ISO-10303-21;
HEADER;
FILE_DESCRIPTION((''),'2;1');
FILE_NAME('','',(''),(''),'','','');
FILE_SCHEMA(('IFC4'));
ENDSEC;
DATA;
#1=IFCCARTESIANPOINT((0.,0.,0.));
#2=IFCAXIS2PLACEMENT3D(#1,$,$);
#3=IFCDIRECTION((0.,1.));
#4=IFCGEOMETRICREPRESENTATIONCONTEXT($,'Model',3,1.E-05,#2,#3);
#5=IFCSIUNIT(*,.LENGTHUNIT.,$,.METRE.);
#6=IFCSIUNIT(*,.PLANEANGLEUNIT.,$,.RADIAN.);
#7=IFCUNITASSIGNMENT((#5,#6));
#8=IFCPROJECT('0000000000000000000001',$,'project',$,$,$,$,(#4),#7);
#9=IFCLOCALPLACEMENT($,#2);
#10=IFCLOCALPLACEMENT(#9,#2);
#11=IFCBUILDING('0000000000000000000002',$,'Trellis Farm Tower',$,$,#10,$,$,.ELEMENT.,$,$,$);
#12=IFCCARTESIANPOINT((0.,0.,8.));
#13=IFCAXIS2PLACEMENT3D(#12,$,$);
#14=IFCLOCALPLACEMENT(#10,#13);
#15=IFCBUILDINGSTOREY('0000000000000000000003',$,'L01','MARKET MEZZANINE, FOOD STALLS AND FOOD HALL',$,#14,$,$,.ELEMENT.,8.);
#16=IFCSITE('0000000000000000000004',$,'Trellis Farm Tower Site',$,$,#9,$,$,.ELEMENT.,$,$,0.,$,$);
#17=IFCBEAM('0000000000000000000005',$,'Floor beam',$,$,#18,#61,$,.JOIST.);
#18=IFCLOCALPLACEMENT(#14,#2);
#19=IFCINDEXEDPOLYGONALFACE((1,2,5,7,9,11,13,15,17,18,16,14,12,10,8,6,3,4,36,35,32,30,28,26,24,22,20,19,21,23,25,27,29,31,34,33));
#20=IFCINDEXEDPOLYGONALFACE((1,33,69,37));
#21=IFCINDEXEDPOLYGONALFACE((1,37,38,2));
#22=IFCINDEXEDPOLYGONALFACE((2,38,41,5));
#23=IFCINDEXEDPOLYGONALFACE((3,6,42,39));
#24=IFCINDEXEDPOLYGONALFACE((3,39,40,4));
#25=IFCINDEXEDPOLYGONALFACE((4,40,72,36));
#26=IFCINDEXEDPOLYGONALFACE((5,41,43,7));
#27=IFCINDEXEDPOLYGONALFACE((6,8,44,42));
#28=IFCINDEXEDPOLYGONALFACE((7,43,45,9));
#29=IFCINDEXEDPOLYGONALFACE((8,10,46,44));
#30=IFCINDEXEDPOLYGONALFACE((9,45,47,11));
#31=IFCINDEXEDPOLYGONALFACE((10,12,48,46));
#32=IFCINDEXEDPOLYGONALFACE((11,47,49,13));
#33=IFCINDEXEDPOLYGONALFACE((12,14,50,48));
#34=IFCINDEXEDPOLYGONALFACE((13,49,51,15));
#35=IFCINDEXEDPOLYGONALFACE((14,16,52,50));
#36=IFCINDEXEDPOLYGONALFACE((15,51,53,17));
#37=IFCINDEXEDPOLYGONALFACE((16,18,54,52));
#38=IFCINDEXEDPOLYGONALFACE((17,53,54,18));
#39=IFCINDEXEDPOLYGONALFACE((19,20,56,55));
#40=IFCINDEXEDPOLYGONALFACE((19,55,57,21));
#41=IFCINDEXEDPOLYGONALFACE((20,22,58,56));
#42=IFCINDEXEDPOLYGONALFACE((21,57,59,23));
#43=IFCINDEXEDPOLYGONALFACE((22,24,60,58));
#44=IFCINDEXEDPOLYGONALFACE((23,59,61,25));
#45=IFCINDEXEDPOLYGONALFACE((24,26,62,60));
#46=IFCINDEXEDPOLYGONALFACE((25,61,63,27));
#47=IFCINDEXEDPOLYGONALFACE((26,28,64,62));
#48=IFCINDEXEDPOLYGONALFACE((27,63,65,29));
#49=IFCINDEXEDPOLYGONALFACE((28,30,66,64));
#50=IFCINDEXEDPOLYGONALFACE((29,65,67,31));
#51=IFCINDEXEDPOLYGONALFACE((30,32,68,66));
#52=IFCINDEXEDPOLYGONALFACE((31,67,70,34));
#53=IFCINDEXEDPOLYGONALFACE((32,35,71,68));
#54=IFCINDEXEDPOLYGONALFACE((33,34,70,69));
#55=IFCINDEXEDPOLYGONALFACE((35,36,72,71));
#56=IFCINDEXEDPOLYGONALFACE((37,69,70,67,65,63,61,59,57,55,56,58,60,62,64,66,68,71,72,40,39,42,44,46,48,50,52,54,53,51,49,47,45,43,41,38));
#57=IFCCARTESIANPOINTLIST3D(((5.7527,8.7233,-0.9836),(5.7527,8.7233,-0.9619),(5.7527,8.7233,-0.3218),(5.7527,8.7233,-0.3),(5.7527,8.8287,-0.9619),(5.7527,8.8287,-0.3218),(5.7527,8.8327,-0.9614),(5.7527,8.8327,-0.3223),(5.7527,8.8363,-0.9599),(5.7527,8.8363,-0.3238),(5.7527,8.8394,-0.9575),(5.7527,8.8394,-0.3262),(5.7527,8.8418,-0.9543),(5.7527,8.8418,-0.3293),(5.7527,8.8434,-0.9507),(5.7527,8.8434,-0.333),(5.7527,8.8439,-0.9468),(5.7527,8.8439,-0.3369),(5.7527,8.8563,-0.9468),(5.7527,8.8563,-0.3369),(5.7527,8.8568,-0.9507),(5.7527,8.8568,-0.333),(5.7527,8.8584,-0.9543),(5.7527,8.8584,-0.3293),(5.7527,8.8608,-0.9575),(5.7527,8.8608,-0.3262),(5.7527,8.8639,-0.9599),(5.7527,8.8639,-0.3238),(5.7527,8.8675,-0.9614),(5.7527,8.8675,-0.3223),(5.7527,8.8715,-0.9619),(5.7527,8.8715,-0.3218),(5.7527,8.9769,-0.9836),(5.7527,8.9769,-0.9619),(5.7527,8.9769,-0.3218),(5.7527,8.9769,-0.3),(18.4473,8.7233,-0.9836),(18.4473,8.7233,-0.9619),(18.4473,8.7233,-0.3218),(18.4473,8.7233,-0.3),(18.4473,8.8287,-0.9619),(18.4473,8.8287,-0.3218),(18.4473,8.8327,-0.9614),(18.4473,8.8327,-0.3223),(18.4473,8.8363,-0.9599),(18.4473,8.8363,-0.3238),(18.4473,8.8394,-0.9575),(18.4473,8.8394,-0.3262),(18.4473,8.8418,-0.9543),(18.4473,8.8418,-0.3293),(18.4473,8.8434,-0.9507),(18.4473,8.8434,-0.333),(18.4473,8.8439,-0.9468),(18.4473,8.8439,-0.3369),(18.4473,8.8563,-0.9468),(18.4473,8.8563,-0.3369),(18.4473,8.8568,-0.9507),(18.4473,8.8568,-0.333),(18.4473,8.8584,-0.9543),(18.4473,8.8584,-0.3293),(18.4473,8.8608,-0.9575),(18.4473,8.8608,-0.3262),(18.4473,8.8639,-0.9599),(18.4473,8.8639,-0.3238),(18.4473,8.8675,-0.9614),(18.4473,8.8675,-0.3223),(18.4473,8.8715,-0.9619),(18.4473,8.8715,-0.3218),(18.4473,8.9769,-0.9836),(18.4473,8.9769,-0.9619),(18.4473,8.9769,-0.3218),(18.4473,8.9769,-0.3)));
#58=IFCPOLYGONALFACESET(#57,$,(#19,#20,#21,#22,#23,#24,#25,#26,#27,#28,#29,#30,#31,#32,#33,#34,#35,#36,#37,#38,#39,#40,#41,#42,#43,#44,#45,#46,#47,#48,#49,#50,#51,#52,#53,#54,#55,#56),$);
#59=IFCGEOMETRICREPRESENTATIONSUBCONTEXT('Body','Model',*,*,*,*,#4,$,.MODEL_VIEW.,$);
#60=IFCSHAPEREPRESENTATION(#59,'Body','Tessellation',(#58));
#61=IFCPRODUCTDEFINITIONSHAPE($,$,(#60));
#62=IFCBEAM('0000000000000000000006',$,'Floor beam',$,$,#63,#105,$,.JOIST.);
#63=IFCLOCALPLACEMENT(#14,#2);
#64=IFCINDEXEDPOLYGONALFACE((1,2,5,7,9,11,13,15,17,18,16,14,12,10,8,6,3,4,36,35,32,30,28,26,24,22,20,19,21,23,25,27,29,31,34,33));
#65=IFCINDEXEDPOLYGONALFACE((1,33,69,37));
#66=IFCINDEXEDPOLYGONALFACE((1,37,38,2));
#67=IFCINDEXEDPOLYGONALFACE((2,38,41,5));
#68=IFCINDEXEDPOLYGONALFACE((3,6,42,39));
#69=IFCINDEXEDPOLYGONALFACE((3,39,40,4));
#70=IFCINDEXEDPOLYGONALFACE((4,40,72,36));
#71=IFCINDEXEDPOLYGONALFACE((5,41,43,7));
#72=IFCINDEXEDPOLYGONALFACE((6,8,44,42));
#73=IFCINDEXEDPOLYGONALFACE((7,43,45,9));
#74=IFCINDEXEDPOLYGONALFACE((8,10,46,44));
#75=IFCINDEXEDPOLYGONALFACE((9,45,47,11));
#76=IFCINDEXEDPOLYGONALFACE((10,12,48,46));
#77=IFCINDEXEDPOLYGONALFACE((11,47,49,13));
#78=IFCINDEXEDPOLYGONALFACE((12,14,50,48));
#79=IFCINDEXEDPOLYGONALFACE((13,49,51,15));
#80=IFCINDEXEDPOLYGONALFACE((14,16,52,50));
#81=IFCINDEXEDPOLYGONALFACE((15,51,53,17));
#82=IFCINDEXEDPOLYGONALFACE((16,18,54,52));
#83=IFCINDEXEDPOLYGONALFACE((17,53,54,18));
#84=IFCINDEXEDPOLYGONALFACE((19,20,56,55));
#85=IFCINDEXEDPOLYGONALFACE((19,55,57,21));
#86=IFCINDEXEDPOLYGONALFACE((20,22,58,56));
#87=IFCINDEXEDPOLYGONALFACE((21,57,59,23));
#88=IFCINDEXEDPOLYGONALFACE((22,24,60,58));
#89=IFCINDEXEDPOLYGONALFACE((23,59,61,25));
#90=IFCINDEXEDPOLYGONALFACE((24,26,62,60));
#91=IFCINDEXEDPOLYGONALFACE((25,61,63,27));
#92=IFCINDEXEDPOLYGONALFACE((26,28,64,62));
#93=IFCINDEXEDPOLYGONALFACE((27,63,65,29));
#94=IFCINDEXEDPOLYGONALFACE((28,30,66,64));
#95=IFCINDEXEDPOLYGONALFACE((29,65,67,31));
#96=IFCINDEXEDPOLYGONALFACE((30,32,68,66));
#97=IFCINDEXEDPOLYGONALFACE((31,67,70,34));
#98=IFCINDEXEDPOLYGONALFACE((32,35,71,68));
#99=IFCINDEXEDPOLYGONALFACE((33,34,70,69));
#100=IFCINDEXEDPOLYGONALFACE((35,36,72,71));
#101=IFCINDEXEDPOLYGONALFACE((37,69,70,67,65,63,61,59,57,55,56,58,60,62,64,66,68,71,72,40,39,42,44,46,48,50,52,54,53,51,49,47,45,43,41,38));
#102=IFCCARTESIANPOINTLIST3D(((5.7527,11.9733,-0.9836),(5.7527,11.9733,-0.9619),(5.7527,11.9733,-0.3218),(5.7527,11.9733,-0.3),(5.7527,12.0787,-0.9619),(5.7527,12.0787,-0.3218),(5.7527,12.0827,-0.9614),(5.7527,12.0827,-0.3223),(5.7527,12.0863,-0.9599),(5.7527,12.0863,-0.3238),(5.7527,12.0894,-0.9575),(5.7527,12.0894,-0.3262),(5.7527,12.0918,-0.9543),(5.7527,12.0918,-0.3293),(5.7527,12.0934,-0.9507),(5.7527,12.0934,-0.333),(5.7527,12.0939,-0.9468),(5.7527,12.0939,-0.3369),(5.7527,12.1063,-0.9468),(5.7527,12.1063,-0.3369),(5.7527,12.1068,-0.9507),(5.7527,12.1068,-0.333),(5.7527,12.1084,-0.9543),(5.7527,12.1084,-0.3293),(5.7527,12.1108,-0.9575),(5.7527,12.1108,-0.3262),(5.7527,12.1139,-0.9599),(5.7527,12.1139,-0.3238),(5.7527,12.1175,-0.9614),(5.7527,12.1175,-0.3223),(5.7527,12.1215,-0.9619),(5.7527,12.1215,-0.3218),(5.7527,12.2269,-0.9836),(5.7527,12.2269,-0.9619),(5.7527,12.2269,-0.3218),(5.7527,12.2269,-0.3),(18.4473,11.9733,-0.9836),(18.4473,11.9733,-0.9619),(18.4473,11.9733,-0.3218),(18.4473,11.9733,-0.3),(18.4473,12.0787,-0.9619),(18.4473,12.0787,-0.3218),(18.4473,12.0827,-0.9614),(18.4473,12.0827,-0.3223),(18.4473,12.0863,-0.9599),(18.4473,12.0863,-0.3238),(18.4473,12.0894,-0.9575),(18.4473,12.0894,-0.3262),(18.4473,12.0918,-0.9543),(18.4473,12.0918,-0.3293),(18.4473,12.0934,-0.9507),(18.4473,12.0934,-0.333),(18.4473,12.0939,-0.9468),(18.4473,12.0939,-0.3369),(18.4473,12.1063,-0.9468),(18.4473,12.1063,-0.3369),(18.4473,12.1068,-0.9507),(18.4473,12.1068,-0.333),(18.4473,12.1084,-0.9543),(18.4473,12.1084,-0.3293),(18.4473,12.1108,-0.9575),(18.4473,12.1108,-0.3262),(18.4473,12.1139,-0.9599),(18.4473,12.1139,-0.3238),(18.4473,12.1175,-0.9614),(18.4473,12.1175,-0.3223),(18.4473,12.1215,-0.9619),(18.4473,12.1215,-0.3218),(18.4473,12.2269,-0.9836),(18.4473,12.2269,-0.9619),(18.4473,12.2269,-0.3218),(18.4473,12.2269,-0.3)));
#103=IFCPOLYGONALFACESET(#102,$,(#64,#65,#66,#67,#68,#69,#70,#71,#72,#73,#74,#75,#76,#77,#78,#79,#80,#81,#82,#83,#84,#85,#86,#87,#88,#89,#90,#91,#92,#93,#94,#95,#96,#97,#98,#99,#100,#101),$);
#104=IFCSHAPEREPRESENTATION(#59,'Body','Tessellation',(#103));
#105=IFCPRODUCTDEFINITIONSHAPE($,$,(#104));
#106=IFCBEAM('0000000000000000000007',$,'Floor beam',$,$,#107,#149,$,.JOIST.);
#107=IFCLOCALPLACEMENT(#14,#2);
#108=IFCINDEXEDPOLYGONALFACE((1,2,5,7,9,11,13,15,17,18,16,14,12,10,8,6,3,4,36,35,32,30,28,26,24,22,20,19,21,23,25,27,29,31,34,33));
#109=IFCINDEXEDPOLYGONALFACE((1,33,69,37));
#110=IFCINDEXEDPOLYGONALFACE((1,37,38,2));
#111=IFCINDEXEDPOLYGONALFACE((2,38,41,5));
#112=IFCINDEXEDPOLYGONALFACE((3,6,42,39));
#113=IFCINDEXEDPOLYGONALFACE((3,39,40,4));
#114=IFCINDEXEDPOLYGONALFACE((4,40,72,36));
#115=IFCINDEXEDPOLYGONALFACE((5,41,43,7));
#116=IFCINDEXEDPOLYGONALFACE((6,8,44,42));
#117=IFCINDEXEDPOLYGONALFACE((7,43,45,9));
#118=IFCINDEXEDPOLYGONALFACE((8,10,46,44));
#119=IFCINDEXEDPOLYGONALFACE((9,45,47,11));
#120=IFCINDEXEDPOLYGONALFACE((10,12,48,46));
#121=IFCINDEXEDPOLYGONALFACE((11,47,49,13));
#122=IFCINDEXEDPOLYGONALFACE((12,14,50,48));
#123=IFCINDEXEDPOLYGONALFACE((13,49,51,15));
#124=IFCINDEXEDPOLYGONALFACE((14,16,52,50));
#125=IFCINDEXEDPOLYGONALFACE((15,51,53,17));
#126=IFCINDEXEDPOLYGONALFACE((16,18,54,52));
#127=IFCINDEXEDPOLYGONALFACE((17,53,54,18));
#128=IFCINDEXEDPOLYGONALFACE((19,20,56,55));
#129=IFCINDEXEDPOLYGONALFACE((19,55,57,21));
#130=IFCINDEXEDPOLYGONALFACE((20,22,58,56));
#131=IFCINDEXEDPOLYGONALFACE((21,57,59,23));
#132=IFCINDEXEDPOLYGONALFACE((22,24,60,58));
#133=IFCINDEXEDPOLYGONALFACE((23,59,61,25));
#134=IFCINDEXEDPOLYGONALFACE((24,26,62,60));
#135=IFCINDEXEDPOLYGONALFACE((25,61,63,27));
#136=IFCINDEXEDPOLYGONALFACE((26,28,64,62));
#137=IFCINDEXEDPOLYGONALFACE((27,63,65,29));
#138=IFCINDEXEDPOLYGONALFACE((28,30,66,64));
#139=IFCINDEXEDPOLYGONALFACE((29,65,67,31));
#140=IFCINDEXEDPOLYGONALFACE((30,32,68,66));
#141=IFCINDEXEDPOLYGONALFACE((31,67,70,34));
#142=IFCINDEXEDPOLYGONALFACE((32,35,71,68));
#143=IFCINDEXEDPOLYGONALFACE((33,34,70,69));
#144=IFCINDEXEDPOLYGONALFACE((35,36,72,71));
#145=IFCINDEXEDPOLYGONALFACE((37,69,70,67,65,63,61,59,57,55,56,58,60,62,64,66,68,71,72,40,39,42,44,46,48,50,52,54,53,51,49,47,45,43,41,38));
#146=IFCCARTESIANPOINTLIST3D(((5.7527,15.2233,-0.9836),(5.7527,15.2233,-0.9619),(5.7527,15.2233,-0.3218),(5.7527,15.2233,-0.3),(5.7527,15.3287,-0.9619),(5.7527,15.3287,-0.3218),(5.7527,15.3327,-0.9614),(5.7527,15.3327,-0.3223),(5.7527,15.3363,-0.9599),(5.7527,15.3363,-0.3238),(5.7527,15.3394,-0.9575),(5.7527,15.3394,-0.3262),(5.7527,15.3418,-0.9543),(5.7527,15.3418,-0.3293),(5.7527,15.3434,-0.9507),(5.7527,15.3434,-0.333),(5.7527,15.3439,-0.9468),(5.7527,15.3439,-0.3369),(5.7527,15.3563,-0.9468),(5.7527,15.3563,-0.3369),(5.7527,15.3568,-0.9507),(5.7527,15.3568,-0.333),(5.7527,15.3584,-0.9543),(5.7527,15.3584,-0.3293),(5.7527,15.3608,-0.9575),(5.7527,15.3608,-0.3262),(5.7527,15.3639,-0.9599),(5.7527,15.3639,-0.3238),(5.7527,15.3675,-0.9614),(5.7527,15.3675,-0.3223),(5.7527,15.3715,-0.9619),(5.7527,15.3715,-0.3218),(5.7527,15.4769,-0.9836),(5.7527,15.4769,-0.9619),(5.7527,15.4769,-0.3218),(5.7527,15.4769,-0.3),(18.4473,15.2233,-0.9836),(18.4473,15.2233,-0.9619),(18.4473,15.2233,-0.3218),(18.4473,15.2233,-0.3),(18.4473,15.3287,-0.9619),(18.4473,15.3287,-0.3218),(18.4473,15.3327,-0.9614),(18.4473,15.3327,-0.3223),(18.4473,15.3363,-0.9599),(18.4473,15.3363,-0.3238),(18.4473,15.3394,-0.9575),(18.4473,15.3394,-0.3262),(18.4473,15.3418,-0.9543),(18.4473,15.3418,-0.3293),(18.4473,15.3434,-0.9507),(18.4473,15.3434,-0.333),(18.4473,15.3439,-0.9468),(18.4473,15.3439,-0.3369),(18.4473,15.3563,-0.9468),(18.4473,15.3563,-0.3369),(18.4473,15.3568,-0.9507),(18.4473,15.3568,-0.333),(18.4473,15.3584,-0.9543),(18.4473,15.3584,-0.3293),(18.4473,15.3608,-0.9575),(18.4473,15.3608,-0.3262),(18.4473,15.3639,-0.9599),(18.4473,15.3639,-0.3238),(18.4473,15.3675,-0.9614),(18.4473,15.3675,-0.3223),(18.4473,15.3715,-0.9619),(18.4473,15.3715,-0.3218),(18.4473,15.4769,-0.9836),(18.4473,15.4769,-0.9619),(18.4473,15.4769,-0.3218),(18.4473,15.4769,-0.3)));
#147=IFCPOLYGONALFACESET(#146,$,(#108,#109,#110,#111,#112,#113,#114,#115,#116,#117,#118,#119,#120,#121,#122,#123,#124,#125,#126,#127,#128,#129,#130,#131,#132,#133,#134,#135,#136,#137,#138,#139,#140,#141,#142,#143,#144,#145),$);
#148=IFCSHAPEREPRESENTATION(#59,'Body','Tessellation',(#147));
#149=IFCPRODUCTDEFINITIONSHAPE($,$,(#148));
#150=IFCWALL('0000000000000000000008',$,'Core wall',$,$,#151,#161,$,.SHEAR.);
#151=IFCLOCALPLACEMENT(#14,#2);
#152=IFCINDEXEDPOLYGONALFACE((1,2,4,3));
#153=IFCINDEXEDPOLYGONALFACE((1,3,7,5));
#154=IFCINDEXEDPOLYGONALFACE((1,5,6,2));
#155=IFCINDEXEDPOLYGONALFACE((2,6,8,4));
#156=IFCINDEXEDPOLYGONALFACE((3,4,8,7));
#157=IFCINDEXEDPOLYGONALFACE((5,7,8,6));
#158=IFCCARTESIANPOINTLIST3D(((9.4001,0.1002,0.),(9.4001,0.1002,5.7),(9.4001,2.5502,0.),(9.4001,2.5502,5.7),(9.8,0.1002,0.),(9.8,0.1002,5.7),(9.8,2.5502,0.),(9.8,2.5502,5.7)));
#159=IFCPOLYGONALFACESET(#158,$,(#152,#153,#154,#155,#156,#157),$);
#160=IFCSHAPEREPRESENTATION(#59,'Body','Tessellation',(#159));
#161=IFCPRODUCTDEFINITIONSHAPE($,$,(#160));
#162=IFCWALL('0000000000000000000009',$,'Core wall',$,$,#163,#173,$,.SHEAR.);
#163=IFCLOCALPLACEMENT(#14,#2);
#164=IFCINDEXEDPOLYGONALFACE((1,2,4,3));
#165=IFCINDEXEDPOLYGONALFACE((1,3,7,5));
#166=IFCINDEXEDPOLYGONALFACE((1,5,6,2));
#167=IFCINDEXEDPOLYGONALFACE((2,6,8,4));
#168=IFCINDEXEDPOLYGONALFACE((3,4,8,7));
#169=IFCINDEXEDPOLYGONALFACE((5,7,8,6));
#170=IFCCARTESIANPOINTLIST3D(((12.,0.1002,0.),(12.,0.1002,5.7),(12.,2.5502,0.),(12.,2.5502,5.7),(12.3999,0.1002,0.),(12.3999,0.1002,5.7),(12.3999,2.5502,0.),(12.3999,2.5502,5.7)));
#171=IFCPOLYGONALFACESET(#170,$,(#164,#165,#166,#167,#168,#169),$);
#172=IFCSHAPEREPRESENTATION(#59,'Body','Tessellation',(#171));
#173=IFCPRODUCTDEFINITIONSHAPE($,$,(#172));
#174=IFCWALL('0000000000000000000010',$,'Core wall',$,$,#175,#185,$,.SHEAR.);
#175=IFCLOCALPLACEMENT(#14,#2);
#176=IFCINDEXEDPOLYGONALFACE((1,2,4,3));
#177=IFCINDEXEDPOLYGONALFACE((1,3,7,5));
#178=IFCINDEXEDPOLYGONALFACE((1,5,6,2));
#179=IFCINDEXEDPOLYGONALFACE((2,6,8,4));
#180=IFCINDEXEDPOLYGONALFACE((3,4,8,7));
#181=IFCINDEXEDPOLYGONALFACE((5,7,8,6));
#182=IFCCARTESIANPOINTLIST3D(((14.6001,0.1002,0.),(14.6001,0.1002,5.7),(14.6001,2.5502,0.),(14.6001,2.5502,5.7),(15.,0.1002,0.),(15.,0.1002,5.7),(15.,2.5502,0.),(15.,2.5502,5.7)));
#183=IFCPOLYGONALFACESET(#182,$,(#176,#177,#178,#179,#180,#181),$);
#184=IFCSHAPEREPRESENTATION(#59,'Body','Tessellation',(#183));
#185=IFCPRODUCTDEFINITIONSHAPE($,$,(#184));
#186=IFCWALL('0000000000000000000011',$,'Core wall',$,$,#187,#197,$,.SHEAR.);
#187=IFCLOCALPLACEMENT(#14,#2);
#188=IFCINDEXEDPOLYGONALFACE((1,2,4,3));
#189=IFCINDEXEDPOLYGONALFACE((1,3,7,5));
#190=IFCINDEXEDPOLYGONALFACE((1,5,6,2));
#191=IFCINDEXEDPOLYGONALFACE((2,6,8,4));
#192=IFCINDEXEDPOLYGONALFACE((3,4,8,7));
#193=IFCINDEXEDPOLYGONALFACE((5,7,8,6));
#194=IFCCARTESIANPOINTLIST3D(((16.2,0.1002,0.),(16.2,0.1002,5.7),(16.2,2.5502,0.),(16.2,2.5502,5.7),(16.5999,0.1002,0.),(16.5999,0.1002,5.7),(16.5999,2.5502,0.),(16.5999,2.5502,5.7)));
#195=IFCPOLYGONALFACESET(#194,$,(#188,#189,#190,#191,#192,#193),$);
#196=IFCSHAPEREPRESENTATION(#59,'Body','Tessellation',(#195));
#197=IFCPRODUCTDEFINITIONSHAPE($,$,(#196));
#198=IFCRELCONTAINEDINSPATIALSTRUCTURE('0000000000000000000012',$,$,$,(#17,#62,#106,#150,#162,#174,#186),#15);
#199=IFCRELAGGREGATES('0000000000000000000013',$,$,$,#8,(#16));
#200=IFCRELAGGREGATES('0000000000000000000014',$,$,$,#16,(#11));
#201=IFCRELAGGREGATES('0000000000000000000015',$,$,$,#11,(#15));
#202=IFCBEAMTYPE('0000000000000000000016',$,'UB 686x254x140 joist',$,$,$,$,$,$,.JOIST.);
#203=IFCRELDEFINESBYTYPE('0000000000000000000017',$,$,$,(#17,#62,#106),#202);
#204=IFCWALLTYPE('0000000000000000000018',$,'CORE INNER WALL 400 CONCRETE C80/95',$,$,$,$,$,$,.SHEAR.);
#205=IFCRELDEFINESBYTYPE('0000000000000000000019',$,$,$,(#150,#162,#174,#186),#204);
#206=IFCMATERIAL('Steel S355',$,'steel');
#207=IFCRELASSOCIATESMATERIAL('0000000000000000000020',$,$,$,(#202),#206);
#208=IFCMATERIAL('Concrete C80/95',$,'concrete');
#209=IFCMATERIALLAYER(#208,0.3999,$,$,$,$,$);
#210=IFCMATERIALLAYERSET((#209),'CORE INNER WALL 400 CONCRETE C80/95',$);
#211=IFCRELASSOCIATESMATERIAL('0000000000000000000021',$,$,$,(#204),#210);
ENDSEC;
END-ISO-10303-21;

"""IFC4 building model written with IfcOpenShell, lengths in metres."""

from ifc_helpers import new_model, si_unit, direction, frame, frame_2d, origin, origin_2d, place, context, subcontext, project, spatial, rectangle, i_section, extrude, source, transform, mapped, material, layer, layer_set, material_profile, profile_set, type_object, element, save


model = new_model("IFC4")

# Units and contexts
model_context = context("Model", 3, precision=1e-05, world=origin(), true_north=direction((0.0, 1.0)))
body_context = subcontext(model_context, "Body", "Model", "MODEL_VIEW")
ifc_project = project(units=[si_unit("LENGTHUNIT", "METRE"), si_unit("PLANEANGLEUNIT", "RADIAN")], contexts=[model_context])

# Site, building, storey
site_placement = place(None, origin())
site = spatial("IfcSite", under=ifc_project, at=site_placement, Name="Trellis Farm Tower Site", CompositionType="ELEMENT", RefElevation=0.0)
building_placement = place(site_placement, origin())
building = spatial("IfcBuilding", under=site, at=building_placement, Name="Trellis Farm Tower", CompositionType="ELEMENT")
storey_placement = place(building_placement, frame((0.0, 0.0, 8.0)))
storey = spatial("IfcBuildingStorey", under=building, at=storey_placement, Name="L01", Description="MARKET MEZZANINE, FOOD STALLS AND FOOD HALL", CompositionType="ELEMENT", Elevation=8.0)

# Shared definitions
ifc_material_1 = material(Name="Concrete C80/95", Category="concrete")

# Beams
ifc_material_2 = material(Name="Steel S355", Category="steel")
ifc_material_profile_1 = material_profile(ifc_material_2, i_section(OverallWidth=0.2537, OverallDepth=0.6836, WebThickness=0.0125, FlangeThickness=0.0217, FilletRadius=0.0151, at=origin_2d()), Name="UB 686x254x140")
ifc_profile_set_1 = profile_set([ifc_material_profile_1], Name="Steel S355")
beam_type_1 = type_object("IfcBeamType", Name="UB 686x254x140 joist", PredefinedType="JOIST", material=ifc_profile_set_1)
shared_shape_1 = source(origin(), body_context, "Body", "SweptSolid", [
    extrude(i_section(OverallWidth=0.2537, OverallDepth=0.6836, WebThickness=0.0125, FlangeThickness=0.0217, FilletRadius=0.0151, at=origin_2d()), origin(), (0.0, 0.0, 1.0), 12.6946),
])
for number, where, z_axis, x_axis, name in (
    (1, (5.7527, 8.8501, -0.6418), (1.0, 0.0, 0.0), (0.0, 1.0, 0.0), "Floor beam"),
    (2, (5.7527, 12.1001, -0.6418), (1.0, 0.0, 0.0), (0.0, 1.0, 0.0), "Floor beam"),
    (3, (5.7527, 15.3501, -0.6418), (1.0, 0.0, 0.0), (0.0, 1.0, 0.0), "Floor beam"),
):
    element("IfcBeam", number, at=place(storey_placement, frame(where, z_axis=z_axis, x_axis=x_axis)), inside=storey, type_object=beam_type_1, Name=name, PredefinedType="JOIST", context=body_context, shape_type="MappedRepresentation", body=[
        mapped(shared_shape_1, transform((0.0, 0.0, 0.0))),
    ])

# Walls
ifc_layer_1 = layer(ifc_material_1, 0.3999)
ifc_layer_set_1 = layer_set([ifc_layer_1], Name="CORE INNER WALL 400 CONCRETE C80/95")
wall_type_1 = type_object("IfcWallType", Name="CORE INNER WALL 400 CONCRETE C80/95", PredefinedType="SHEAR", material=ifc_layer_set_1)
shared_shape_2 = source(origin(), body_context, "Body", "SweptSolid", [
    extrude(rectangle(XDim=2.45, YDim=0.3999, at=frame_2d((1.2251, 0.0))), origin(), (0.0, 0.0, 1.0), 5.7),
])
for number, where, z_axis, x_axis, name in (
    (4, (9.6001, 0.1001, 0.0), (0.0, 0.0, 1.0), (0.0, 1.0, 0.0), "Core wall"),
    (5, (12.2, 0.1001, 0.0), (0.0, 0.0, 1.0), (0.0, 1.0, 0.0), "Core wall"),
    (6, (14.8, 0.1001, 0.0), (0.0, 0.0, 1.0), (0.0, 1.0, 0.0), "Core wall"),
    (7, (16.3999, 0.1001, 0.0), (0.0, 0.0, 1.0), (0.0, 1.0, 0.0), "Core wall"),
):
    element("IfcWall", number, at=place(storey_placement, frame(where, z_axis=z_axis, x_axis=x_axis)), inside=storey, type_object=wall_type_1, Name=name, PredefinedType="SHEAR", context=body_context, shape_type="MappedRepresentation", body=[
        mapped(shared_shape_2, transform((0.0, 0.0, 0.0))),
    ])

save(model, "model.ifc")
